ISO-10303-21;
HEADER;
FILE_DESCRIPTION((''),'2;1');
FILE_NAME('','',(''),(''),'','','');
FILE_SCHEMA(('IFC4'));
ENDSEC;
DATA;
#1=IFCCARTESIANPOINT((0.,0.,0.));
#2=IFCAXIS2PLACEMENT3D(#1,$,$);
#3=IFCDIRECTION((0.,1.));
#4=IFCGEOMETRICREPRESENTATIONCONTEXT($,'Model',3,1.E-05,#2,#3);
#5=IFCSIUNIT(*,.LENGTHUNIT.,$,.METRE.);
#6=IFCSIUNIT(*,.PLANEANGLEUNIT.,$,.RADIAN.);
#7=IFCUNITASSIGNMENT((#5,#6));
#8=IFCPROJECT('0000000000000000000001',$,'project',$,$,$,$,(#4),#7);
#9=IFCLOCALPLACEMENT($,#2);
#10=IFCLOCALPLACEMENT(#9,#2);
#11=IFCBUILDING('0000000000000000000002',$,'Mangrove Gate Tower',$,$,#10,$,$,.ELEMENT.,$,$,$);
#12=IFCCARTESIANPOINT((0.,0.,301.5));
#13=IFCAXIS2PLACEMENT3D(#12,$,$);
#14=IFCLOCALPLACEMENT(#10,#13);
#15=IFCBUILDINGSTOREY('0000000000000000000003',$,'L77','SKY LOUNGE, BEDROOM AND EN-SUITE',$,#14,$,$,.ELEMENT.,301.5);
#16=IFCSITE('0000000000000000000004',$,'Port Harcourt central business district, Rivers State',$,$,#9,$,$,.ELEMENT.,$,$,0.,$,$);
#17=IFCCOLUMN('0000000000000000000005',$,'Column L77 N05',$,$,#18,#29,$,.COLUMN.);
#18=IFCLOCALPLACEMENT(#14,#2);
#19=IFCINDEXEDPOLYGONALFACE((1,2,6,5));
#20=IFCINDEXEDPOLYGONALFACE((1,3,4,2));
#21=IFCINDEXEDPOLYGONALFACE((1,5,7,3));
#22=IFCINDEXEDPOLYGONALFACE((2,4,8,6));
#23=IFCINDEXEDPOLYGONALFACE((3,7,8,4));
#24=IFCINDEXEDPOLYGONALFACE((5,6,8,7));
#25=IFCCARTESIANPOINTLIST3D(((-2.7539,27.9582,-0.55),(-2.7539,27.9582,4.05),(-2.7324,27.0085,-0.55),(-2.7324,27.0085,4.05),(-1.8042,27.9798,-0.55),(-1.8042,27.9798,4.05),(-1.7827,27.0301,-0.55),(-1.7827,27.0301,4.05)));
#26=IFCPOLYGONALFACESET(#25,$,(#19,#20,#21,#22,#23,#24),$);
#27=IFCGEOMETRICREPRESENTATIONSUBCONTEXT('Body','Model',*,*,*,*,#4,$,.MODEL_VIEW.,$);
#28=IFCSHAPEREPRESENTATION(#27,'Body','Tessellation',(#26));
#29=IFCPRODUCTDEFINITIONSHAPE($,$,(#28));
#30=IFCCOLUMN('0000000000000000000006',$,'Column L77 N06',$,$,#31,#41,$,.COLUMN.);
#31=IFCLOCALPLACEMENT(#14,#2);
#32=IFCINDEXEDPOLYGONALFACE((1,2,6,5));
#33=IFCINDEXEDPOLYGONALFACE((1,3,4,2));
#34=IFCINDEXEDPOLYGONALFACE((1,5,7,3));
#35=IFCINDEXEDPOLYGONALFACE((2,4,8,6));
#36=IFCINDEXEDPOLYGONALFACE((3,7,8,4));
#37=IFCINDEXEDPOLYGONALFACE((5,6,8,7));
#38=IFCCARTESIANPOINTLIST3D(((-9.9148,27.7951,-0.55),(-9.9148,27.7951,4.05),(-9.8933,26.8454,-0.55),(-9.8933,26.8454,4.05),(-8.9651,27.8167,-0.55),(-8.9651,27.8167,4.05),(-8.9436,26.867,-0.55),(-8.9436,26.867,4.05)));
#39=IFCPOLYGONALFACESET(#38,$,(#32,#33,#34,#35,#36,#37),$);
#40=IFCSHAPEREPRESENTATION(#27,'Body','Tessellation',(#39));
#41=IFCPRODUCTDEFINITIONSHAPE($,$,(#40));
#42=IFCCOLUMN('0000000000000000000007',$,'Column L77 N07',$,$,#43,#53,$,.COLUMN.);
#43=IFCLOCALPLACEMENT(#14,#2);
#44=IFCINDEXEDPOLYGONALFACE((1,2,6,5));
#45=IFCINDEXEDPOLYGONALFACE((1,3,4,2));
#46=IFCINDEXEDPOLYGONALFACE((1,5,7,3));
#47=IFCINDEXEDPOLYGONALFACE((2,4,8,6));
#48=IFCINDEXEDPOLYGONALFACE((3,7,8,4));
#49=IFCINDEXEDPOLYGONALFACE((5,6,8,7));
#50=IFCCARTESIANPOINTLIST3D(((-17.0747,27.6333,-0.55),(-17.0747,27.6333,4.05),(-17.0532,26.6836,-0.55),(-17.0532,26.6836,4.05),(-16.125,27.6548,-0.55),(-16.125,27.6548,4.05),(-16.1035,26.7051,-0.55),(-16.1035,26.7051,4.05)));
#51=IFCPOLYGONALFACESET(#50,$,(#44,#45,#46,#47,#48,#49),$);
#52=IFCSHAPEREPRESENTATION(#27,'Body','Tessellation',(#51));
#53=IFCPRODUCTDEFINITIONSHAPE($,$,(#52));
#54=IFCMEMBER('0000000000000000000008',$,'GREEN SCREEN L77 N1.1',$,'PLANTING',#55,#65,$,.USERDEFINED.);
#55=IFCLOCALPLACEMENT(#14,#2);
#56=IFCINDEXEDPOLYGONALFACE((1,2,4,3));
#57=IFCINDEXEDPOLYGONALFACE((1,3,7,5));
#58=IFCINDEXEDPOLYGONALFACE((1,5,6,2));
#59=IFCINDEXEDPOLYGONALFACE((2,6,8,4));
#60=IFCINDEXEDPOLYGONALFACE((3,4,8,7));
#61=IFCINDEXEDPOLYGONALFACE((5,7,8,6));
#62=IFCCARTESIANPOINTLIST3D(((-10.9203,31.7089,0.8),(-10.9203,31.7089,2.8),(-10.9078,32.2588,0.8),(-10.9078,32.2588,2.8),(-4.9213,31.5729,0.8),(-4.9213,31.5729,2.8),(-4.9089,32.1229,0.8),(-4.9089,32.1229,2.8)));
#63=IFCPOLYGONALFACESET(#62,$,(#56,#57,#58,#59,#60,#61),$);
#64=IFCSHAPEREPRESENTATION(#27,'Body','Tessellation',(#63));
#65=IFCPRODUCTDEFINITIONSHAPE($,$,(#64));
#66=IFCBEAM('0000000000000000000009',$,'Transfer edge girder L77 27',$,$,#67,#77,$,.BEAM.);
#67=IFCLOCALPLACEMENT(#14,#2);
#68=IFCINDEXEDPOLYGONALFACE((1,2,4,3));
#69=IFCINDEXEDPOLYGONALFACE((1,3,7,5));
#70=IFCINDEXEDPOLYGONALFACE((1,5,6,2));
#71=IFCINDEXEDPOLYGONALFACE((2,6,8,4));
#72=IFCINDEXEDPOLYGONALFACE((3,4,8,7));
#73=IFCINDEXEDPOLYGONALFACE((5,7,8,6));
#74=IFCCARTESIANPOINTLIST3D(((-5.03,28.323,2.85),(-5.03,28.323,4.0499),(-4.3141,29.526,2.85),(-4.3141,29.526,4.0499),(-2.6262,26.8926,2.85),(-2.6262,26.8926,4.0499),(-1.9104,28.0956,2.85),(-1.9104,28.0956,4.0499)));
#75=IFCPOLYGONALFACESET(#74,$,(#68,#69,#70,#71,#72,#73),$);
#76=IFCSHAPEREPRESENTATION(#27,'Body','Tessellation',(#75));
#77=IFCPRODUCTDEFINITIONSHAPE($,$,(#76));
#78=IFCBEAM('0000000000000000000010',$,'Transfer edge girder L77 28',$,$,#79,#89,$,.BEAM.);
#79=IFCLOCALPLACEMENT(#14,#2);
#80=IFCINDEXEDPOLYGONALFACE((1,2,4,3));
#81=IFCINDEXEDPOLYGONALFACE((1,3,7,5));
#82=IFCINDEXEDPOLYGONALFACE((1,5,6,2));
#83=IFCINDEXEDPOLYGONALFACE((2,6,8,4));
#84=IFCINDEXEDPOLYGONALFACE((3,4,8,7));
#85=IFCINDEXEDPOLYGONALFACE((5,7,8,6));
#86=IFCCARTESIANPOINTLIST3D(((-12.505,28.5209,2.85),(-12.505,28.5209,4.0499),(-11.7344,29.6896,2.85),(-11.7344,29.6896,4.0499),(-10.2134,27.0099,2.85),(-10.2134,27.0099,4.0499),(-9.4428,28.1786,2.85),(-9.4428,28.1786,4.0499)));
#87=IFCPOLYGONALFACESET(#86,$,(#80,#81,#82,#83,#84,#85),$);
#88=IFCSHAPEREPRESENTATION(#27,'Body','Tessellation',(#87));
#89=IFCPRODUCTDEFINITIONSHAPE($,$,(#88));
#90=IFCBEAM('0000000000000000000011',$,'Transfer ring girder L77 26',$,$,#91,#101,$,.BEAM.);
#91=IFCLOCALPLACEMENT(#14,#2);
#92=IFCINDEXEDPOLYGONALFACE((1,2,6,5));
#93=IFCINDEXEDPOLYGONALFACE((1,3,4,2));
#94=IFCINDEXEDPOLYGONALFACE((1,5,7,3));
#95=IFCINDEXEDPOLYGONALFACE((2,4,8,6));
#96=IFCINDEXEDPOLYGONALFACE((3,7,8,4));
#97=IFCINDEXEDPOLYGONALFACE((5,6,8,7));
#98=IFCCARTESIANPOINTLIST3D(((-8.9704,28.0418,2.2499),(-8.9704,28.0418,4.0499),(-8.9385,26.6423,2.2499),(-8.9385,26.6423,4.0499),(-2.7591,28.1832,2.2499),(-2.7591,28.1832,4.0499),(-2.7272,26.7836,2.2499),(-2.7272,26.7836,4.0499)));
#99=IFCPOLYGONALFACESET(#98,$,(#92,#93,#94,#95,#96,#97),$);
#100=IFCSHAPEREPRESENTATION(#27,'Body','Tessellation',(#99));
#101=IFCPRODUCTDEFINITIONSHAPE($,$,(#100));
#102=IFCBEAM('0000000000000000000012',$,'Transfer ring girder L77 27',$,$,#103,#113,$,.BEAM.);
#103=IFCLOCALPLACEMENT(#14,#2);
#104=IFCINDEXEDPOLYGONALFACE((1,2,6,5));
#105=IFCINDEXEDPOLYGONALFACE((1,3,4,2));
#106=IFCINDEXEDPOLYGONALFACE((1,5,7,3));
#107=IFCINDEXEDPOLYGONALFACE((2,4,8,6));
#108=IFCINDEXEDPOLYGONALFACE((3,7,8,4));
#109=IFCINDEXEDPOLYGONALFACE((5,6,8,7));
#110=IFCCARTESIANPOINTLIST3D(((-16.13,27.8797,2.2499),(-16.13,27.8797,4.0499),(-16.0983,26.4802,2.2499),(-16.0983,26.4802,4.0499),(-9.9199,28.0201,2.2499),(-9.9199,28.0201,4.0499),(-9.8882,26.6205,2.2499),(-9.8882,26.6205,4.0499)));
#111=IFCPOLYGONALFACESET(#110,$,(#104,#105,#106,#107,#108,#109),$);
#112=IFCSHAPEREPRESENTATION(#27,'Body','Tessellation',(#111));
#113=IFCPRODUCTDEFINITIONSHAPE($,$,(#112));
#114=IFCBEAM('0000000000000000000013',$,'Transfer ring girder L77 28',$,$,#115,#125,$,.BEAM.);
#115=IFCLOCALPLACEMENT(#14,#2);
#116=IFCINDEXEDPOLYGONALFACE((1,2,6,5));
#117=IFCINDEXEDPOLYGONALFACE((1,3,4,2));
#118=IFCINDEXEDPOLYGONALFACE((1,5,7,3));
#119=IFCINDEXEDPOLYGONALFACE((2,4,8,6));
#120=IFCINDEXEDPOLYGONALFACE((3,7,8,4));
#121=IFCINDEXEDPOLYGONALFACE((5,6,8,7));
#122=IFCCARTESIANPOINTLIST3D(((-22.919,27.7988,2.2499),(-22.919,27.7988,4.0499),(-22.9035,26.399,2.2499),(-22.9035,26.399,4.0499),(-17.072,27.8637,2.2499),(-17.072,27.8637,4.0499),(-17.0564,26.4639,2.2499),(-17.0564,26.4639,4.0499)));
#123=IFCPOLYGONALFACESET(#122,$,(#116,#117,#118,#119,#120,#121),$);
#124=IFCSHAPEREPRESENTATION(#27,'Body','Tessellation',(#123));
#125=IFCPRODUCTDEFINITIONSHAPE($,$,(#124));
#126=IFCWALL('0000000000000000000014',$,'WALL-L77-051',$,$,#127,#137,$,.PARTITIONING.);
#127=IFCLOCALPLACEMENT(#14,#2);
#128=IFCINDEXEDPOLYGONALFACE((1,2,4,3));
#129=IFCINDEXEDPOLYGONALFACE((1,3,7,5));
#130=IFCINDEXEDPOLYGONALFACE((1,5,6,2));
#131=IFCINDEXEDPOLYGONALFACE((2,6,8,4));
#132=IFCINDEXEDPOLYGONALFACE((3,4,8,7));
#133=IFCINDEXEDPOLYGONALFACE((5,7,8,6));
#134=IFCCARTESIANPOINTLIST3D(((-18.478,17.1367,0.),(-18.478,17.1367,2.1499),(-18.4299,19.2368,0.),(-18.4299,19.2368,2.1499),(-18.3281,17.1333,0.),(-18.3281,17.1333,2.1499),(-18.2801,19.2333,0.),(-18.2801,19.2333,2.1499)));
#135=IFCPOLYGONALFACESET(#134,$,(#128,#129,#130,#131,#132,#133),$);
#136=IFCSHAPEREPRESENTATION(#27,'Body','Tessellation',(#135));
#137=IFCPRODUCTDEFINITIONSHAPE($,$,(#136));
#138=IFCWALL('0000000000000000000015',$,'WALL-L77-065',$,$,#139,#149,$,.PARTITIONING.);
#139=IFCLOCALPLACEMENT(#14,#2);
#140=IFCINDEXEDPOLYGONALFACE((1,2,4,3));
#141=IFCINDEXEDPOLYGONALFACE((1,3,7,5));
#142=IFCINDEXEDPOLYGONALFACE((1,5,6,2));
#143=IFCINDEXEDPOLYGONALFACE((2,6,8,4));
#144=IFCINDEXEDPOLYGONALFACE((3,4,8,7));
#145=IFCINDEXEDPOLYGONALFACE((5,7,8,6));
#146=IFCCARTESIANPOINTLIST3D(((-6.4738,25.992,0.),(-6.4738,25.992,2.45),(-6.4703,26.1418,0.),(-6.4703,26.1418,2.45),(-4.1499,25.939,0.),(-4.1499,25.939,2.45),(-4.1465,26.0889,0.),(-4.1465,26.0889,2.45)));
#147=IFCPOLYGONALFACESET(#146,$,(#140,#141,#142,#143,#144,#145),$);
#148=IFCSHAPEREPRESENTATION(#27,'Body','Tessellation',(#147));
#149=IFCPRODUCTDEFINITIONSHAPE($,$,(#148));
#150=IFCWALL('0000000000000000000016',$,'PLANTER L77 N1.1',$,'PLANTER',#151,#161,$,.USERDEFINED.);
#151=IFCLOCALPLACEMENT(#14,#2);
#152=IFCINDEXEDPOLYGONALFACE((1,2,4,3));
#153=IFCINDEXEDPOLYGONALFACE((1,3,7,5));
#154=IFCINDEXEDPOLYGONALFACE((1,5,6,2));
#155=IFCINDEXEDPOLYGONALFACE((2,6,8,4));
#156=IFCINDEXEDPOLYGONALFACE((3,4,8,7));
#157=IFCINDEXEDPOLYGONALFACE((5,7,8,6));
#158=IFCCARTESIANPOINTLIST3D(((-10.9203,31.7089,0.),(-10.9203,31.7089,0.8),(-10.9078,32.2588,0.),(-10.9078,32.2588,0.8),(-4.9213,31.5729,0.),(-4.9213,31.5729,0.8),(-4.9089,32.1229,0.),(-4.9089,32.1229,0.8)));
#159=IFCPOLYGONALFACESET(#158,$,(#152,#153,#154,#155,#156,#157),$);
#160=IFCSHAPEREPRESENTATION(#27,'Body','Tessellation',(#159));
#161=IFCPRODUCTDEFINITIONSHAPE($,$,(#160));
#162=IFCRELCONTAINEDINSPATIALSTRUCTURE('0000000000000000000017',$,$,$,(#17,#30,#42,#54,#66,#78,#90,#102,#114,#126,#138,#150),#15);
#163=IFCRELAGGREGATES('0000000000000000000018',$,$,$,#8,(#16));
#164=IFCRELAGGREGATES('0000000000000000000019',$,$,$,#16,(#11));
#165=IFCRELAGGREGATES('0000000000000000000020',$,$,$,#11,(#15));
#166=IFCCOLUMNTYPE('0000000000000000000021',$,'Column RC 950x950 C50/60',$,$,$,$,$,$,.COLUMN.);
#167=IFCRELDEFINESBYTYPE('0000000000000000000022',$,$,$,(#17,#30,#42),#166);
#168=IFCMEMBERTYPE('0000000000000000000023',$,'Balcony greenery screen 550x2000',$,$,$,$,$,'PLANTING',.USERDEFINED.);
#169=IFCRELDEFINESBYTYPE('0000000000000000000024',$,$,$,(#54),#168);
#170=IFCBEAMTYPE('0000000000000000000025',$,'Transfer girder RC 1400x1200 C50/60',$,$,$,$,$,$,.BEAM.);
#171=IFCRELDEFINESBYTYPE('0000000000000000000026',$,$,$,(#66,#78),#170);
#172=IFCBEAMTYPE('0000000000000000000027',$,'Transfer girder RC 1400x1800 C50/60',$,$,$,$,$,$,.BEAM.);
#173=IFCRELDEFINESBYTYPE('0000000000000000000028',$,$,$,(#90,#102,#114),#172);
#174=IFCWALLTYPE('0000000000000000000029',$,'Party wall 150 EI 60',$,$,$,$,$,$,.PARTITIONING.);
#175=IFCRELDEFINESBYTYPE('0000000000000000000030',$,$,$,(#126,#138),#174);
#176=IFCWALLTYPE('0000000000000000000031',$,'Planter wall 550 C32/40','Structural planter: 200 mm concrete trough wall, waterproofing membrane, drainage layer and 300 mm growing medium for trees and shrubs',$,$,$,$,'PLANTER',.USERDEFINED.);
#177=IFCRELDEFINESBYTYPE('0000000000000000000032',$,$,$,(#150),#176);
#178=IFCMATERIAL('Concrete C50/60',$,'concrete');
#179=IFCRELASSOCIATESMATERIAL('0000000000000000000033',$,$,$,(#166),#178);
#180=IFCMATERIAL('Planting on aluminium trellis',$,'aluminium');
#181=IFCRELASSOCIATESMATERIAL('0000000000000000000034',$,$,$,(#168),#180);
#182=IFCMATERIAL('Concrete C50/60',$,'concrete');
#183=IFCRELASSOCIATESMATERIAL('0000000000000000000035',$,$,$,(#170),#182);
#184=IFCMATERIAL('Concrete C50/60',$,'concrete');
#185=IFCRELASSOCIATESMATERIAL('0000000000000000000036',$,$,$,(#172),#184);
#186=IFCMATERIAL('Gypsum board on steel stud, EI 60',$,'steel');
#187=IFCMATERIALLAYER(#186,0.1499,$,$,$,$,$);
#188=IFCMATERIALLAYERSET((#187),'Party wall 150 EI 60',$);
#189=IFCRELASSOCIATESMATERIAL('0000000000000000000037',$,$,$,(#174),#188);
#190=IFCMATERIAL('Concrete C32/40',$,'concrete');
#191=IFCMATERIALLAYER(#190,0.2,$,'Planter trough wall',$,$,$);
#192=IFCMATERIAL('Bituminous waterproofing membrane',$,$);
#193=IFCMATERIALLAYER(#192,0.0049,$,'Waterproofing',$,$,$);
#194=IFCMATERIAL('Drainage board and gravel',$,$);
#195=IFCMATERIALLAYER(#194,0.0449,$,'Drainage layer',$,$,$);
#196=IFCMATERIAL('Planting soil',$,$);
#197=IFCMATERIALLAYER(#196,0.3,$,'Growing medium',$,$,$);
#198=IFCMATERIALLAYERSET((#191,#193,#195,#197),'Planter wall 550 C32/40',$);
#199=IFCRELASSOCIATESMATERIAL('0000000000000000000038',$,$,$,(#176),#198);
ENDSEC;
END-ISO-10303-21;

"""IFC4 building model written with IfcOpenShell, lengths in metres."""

from ifc_helpers import new_model, si_unit, direction, frame, frame_2d, origin, origin_2d, place, context, subcontext, project, spatial, rectangle, extrude, material, layer, layer_set, material_profile, profile_set, type_object, element, save


model = new_model("IFC4")

# Units and contexts
model_context = context("Model", 3, precision=1e-05, world=origin(), true_north=direction((0.0, 1.0)))
body_context = subcontext(model_context, "Body", "Model", "MODEL_VIEW")
ifc_project = project(units=[si_unit("LENGTHUNIT", "METRE"), si_unit("PLANEANGLEUNIT", "RADIAN")], contexts=[model_context])

# Site, building, storey
site_placement = place(None, origin())
site = spatial("IfcSite", under=ifc_project, at=site_placement, Name="Port Harcourt central business district, Rivers State", CompositionType="ELEMENT", RefElevation=0.0)
building_placement = place(site_placement, origin())
building = spatial("IfcBuilding", under=site, at=building_placement, Name="Mangrove Gate Tower", CompositionType="ELEMENT")
storey_placement = place(building_placement, frame((0.0, 0.0, 301.5)))
storey = spatial("IfcBuildingStorey", under=building, at=storey_placement, Name="L77", Description="SKY LOUNGE, BEDROOM AND EN-SUITE", CompositionType="ELEMENT", Elevation=301.5)

# Columns
ifc_material_1 = material(Name="Concrete C50/60", Category="concrete")
ifc_material_profile_1 = material_profile(ifc_material_1, rectangle(XDim=0.95, YDim=0.95, at=origin_2d()))
ifc_profile_set_1 = profile_set([ifc_material_profile_1], Name="Concrete C50/60")
column_type = type_object("IfcColumnType", Name="Column RC 950x950 C50/60", PredefinedType="COLUMN", material=ifc_profile_set_1)
for number, where, z_axis, x_axis, name in (
    (1, (-2.2683, 27.4941, -0.55), (0.0, 0.0, 1.0), (-0.999743, -0.022688, 0.0), "Column L77 N05"),
    (2, (-9.4292, 27.3311, -0.55), (0.0, 0.0, 1.0), (-0.999743, -0.022688, 0.0), "Column L77 N06"),
    (3, (-16.5891, 27.1692, -0.55), (0.0, 0.0, 1.0), (-0.999743, -0.022688, 0.0), "Column L77 N07"),
):
    element("IfcColumn", number, at=place(storey_placement, frame(where, z_axis=z_axis, x_axis=x_axis)), inside=storey, type_object=column_type, Name=name, PredefinedType="COLUMN", context=body_context, shape_type="SweptSolid", body=[
        extrude(rectangle(XDim=0.95, YDim=0.95, at=origin_2d()), origin(), (0.0, 0.0, 1.0), 4.6001),
    ])

# Member
ifc_material_2 = material(Name="Planting on aluminium trellis", Category="aluminium")
ifc_material_profile_2 = material_profile(ifc_material_2, rectangle(XDim=0.55, YDim=2.0, at=origin_2d()))
ifc_profile_set_2 = profile_set([ifc_material_profile_2], Name="Planting on aluminium trellis")
member_type = type_object("IfcMemberType", Name="Balcony greenery screen 550x2000", ElementType="PLANTING", PredefinedType="USERDEFINED", material=ifc_profile_set_2)
member_placement = place(storey_placement, frame((-10.9141, 31.9839, 1.8), z_axis=(0.999743, -0.022662, 0.0), x_axis=(0.022662, 0.999743, 0.0)))
element("IfcMember", 4, at=member_placement, inside=storey, type_object=member_type, Name="GREEN SCREEN L77 N1.1", ObjectType="PLANTING", PredefinedType="USERDEFINED", context=body_context, shape_type="SweptSolid", body=[
    extrude(rectangle(XDim=0.55, YDim=2.0, at=origin_2d()), origin(), (0.0, 0.0, 1.0), 6.0005),
])

# Beams
ifc_material_3 = material(Name="Concrete C50/60", Category="concrete")
ifc_material_profile_3 = material_profile(ifc_material_3, rectangle(XDim=1.3999, YDim=1.2, at=origin_2d()))
ifc_profile_set_3 = profile_set([ifc_material_profile_3], Name="Concrete C50/60")
beam_type_1 = type_object("IfcBeamType", Name="Transfer girder RC 1400x1200 C50/60", PredefinedType="BEAM", material=ifc_profile_set_3)
beam_1_placement = place(storey_placement, frame((-2.2683, 27.4941, 3.45), z_axis=(-0.859359, 0.511373, 0.0), x_axis=(-0.511373, -0.859359, 0.0)))
element("IfcBeam", 5, at=beam_1_placement, inside=storey, type_object=beam_type_1, Name="Transfer edge girder L77 27", PredefinedType="BEAM", context=body_context, shape_type="SweptSolid", body=[
    extrude(rectangle(XDim=1.3999, YDim=1.2, at=origin_2d()), origin(), (0.0, 0.0, 1.0), 2.7971),
])
beam_2_placement = place(storey_placement, frame((-9.8281, 27.5942, 3.45), z_axis=(-0.834845, 0.550485, 0.0), x_axis=(-0.550485, -0.834845, 0.0)))
element("IfcBeam", 6, at=beam_2_placement, inside=storey, type_object=beam_type_1, Name="Transfer edge girder L77 28", PredefinedType="BEAM", context=body_context, shape_type="SweptSolid", body=[
    extrude(rectangle(XDim=1.3999, YDim=1.2, at=origin_2d()), origin(), (0.0, 0.0, 1.0), 2.7449),
])
ifc_material_4 = material(Name="Concrete C50/60", Category="concrete")
ifc_material_profile_4 = material_profile(ifc_material_4, rectangle(XDim=1.3999, YDim=1.8, at=origin_2d()))
ifc_profile_set_4 = profile_set([ifc_material_profile_4], Name="Concrete C50/60")
beam_type_2 = type_object("IfcBeamType", Name="Transfer girder RC 1400x1800 C50/60", PredefinedType="BEAM", material=ifc_profile_set_4)
beam_3_placement = place(storey_placement, frame((-2.7432, 27.4834, 3.1499), z_axis=(-0.999741, -0.022753, 0.0), x_axis=(0.022753, -0.999741, 0.0)))
element("IfcBeam", 7, at=beam_3_placement, inside=storey, type_object=beam_type_2, Name="Transfer ring girder L77 26", PredefinedType="BEAM", context=body_context, shape_type="SweptSolid", body=[
    extrude(rectangle(XDim=1.3999, YDim=1.8, at=origin_2d()), origin(), (0.0, 0.0, 1.0), 6.2129),
])
beam_4_placement = place(storey_placement, frame((-9.9041, 27.3203, 3.1499), z_axis=(-0.999745, -0.022599, 0.0), x_axis=(0.022599, -0.999745, 0.0)))
element("IfcBeam", 8, at=beam_4_placement, inside=storey, type_object=beam_type_2, Name="Transfer ring girder L77 27", PredefinedType="BEAM", context=body_context, shape_type="SweptSolid", body=[
    extrude(rectangle(XDim=1.3999, YDim=1.8, at=origin_2d()), origin(), (0.0, 0.0, 1.0), 6.2117),
])
beam_5_placement = place(storey_placement, frame((-17.0642, 27.1638, 3.1499), z_axis=(-0.999938, -0.011106, 0.0), x_axis=(0.011106, -0.999938, 0.0)))
element("IfcBeam", 9, at=beam_5_placement, inside=storey, type_object=beam_type_2, Name="Transfer ring girder L77 28", PredefinedType="BEAM", context=body_context, shape_type="SweptSolid", body=[
    extrude(rectangle(XDim=1.3999, YDim=1.8, at=origin_2d()), origin(), (0.0, 0.0, 1.0), 5.8474),
])

# Walls
ifc_material_5 = material(Name="Gypsum board on steel stud, EI 60", Category="steel")
ifc_layer_1 = layer(ifc_material_5, 0.1499)
ifc_layer_set_1 = layer_set([ifc_layer_1], Name="Party wall 150 EI 60")
wall_type_1 = type_object("IfcWallType", Name="Party wall 150 EI 60", PredefinedType="PARTITIONING", material=ifc_layer_set_1)
wall_1_placement = place(storey_placement, frame((-18.4031, 17.135, 0.0), z_axis=(0.0, 0.0, 1.0), x_axis=(0.022896, 0.999738, 0.0)))
element("IfcWall", 10, at=wall_1_placement, inside=storey, type_object=wall_type_1, Name="WALL-L77-051", PredefinedType="PARTITIONING", context=body_context, shape_type="SweptSolid", body=[
    extrude(rectangle(XDim=2.1006, YDim=0.1499, at=frame_2d((1.0503, 0.0))), origin(), (0.0, 0.0, 1.0), 2.1499),
])
wall_2_placement = place(storey_placement, frame((-6.4719, 26.0669, 0.0), z_axis=(0.0, 0.0, 1.0), x_axis=(0.99974, -0.022791, 0.0)))
element("IfcWall", 11, at=wall_2_placement, inside=storey, type_object=wall_type_1, Name="WALL-L77-065", PredefinedType="PARTITIONING", context=body_context, shape_type="SweptSolid", body=[
    extrude(rectangle(XDim=2.3245, YDim=0.1499, at=frame_2d((1.1621, 0.0))), origin(), (0.0, 0.0, 1.0), 2.45),
])
ifc_material_6 = material(Name="Concrete C32/40", Category="concrete")
ifc_layer_2 = layer(ifc_material_6, 0.2, Name="Planter trough wall")
ifc_material_7 = material(Name="Bituminous waterproofing membrane")
ifc_layer_3 = layer(ifc_material_7, 0.0049, Name="Waterproofing")
ifc_material_8 = material(Name="Drainage board and gravel")
ifc_layer_4 = layer(ifc_material_8, 0.0449, Name="Drainage layer")
ifc_material_9 = material(Name="Planting soil")
ifc_layer_5 = layer(ifc_material_9, 0.3, Name="Growing medium")
ifc_layer_set_2 = layer_set([ifc_layer_2, ifc_layer_3, ifc_layer_4, ifc_layer_5], Name="Planter wall 550 C32/40")
wall_type_2 = type_object("IfcWallType", Name="Planter wall 550 C32/40", Description="Structural planter: 200 mm concrete trough wall, waterproofing membrane, drainage layer and 300 mm growing medium for trees and shrubs", ElementType="PLANTER", PredefinedType="USERDEFINED", material=ifc_layer_set_2)
wall_3_placement = place(storey_placement, frame((-10.9141, 31.9839, 0.0), z_axis=(0.0, 0.0, 1.0), x_axis=(0.999743, -0.022662, 0.0)))
element("IfcWall", 12, at=wall_3_placement, inside=storey, type_object=wall_type_2, Name="PLANTER L77 N1.1", ObjectType="PLANTER", PredefinedType="USERDEFINED", context=body_context, shape_type="SweptSolid", body=[
    extrude(rectangle(XDim=6.0005, YDim=0.55, at=frame_2d((3.0002, 0.0))), origin(), (0.0, 0.0, 1.0), 0.8),
])

save(model, "model.ifc")
